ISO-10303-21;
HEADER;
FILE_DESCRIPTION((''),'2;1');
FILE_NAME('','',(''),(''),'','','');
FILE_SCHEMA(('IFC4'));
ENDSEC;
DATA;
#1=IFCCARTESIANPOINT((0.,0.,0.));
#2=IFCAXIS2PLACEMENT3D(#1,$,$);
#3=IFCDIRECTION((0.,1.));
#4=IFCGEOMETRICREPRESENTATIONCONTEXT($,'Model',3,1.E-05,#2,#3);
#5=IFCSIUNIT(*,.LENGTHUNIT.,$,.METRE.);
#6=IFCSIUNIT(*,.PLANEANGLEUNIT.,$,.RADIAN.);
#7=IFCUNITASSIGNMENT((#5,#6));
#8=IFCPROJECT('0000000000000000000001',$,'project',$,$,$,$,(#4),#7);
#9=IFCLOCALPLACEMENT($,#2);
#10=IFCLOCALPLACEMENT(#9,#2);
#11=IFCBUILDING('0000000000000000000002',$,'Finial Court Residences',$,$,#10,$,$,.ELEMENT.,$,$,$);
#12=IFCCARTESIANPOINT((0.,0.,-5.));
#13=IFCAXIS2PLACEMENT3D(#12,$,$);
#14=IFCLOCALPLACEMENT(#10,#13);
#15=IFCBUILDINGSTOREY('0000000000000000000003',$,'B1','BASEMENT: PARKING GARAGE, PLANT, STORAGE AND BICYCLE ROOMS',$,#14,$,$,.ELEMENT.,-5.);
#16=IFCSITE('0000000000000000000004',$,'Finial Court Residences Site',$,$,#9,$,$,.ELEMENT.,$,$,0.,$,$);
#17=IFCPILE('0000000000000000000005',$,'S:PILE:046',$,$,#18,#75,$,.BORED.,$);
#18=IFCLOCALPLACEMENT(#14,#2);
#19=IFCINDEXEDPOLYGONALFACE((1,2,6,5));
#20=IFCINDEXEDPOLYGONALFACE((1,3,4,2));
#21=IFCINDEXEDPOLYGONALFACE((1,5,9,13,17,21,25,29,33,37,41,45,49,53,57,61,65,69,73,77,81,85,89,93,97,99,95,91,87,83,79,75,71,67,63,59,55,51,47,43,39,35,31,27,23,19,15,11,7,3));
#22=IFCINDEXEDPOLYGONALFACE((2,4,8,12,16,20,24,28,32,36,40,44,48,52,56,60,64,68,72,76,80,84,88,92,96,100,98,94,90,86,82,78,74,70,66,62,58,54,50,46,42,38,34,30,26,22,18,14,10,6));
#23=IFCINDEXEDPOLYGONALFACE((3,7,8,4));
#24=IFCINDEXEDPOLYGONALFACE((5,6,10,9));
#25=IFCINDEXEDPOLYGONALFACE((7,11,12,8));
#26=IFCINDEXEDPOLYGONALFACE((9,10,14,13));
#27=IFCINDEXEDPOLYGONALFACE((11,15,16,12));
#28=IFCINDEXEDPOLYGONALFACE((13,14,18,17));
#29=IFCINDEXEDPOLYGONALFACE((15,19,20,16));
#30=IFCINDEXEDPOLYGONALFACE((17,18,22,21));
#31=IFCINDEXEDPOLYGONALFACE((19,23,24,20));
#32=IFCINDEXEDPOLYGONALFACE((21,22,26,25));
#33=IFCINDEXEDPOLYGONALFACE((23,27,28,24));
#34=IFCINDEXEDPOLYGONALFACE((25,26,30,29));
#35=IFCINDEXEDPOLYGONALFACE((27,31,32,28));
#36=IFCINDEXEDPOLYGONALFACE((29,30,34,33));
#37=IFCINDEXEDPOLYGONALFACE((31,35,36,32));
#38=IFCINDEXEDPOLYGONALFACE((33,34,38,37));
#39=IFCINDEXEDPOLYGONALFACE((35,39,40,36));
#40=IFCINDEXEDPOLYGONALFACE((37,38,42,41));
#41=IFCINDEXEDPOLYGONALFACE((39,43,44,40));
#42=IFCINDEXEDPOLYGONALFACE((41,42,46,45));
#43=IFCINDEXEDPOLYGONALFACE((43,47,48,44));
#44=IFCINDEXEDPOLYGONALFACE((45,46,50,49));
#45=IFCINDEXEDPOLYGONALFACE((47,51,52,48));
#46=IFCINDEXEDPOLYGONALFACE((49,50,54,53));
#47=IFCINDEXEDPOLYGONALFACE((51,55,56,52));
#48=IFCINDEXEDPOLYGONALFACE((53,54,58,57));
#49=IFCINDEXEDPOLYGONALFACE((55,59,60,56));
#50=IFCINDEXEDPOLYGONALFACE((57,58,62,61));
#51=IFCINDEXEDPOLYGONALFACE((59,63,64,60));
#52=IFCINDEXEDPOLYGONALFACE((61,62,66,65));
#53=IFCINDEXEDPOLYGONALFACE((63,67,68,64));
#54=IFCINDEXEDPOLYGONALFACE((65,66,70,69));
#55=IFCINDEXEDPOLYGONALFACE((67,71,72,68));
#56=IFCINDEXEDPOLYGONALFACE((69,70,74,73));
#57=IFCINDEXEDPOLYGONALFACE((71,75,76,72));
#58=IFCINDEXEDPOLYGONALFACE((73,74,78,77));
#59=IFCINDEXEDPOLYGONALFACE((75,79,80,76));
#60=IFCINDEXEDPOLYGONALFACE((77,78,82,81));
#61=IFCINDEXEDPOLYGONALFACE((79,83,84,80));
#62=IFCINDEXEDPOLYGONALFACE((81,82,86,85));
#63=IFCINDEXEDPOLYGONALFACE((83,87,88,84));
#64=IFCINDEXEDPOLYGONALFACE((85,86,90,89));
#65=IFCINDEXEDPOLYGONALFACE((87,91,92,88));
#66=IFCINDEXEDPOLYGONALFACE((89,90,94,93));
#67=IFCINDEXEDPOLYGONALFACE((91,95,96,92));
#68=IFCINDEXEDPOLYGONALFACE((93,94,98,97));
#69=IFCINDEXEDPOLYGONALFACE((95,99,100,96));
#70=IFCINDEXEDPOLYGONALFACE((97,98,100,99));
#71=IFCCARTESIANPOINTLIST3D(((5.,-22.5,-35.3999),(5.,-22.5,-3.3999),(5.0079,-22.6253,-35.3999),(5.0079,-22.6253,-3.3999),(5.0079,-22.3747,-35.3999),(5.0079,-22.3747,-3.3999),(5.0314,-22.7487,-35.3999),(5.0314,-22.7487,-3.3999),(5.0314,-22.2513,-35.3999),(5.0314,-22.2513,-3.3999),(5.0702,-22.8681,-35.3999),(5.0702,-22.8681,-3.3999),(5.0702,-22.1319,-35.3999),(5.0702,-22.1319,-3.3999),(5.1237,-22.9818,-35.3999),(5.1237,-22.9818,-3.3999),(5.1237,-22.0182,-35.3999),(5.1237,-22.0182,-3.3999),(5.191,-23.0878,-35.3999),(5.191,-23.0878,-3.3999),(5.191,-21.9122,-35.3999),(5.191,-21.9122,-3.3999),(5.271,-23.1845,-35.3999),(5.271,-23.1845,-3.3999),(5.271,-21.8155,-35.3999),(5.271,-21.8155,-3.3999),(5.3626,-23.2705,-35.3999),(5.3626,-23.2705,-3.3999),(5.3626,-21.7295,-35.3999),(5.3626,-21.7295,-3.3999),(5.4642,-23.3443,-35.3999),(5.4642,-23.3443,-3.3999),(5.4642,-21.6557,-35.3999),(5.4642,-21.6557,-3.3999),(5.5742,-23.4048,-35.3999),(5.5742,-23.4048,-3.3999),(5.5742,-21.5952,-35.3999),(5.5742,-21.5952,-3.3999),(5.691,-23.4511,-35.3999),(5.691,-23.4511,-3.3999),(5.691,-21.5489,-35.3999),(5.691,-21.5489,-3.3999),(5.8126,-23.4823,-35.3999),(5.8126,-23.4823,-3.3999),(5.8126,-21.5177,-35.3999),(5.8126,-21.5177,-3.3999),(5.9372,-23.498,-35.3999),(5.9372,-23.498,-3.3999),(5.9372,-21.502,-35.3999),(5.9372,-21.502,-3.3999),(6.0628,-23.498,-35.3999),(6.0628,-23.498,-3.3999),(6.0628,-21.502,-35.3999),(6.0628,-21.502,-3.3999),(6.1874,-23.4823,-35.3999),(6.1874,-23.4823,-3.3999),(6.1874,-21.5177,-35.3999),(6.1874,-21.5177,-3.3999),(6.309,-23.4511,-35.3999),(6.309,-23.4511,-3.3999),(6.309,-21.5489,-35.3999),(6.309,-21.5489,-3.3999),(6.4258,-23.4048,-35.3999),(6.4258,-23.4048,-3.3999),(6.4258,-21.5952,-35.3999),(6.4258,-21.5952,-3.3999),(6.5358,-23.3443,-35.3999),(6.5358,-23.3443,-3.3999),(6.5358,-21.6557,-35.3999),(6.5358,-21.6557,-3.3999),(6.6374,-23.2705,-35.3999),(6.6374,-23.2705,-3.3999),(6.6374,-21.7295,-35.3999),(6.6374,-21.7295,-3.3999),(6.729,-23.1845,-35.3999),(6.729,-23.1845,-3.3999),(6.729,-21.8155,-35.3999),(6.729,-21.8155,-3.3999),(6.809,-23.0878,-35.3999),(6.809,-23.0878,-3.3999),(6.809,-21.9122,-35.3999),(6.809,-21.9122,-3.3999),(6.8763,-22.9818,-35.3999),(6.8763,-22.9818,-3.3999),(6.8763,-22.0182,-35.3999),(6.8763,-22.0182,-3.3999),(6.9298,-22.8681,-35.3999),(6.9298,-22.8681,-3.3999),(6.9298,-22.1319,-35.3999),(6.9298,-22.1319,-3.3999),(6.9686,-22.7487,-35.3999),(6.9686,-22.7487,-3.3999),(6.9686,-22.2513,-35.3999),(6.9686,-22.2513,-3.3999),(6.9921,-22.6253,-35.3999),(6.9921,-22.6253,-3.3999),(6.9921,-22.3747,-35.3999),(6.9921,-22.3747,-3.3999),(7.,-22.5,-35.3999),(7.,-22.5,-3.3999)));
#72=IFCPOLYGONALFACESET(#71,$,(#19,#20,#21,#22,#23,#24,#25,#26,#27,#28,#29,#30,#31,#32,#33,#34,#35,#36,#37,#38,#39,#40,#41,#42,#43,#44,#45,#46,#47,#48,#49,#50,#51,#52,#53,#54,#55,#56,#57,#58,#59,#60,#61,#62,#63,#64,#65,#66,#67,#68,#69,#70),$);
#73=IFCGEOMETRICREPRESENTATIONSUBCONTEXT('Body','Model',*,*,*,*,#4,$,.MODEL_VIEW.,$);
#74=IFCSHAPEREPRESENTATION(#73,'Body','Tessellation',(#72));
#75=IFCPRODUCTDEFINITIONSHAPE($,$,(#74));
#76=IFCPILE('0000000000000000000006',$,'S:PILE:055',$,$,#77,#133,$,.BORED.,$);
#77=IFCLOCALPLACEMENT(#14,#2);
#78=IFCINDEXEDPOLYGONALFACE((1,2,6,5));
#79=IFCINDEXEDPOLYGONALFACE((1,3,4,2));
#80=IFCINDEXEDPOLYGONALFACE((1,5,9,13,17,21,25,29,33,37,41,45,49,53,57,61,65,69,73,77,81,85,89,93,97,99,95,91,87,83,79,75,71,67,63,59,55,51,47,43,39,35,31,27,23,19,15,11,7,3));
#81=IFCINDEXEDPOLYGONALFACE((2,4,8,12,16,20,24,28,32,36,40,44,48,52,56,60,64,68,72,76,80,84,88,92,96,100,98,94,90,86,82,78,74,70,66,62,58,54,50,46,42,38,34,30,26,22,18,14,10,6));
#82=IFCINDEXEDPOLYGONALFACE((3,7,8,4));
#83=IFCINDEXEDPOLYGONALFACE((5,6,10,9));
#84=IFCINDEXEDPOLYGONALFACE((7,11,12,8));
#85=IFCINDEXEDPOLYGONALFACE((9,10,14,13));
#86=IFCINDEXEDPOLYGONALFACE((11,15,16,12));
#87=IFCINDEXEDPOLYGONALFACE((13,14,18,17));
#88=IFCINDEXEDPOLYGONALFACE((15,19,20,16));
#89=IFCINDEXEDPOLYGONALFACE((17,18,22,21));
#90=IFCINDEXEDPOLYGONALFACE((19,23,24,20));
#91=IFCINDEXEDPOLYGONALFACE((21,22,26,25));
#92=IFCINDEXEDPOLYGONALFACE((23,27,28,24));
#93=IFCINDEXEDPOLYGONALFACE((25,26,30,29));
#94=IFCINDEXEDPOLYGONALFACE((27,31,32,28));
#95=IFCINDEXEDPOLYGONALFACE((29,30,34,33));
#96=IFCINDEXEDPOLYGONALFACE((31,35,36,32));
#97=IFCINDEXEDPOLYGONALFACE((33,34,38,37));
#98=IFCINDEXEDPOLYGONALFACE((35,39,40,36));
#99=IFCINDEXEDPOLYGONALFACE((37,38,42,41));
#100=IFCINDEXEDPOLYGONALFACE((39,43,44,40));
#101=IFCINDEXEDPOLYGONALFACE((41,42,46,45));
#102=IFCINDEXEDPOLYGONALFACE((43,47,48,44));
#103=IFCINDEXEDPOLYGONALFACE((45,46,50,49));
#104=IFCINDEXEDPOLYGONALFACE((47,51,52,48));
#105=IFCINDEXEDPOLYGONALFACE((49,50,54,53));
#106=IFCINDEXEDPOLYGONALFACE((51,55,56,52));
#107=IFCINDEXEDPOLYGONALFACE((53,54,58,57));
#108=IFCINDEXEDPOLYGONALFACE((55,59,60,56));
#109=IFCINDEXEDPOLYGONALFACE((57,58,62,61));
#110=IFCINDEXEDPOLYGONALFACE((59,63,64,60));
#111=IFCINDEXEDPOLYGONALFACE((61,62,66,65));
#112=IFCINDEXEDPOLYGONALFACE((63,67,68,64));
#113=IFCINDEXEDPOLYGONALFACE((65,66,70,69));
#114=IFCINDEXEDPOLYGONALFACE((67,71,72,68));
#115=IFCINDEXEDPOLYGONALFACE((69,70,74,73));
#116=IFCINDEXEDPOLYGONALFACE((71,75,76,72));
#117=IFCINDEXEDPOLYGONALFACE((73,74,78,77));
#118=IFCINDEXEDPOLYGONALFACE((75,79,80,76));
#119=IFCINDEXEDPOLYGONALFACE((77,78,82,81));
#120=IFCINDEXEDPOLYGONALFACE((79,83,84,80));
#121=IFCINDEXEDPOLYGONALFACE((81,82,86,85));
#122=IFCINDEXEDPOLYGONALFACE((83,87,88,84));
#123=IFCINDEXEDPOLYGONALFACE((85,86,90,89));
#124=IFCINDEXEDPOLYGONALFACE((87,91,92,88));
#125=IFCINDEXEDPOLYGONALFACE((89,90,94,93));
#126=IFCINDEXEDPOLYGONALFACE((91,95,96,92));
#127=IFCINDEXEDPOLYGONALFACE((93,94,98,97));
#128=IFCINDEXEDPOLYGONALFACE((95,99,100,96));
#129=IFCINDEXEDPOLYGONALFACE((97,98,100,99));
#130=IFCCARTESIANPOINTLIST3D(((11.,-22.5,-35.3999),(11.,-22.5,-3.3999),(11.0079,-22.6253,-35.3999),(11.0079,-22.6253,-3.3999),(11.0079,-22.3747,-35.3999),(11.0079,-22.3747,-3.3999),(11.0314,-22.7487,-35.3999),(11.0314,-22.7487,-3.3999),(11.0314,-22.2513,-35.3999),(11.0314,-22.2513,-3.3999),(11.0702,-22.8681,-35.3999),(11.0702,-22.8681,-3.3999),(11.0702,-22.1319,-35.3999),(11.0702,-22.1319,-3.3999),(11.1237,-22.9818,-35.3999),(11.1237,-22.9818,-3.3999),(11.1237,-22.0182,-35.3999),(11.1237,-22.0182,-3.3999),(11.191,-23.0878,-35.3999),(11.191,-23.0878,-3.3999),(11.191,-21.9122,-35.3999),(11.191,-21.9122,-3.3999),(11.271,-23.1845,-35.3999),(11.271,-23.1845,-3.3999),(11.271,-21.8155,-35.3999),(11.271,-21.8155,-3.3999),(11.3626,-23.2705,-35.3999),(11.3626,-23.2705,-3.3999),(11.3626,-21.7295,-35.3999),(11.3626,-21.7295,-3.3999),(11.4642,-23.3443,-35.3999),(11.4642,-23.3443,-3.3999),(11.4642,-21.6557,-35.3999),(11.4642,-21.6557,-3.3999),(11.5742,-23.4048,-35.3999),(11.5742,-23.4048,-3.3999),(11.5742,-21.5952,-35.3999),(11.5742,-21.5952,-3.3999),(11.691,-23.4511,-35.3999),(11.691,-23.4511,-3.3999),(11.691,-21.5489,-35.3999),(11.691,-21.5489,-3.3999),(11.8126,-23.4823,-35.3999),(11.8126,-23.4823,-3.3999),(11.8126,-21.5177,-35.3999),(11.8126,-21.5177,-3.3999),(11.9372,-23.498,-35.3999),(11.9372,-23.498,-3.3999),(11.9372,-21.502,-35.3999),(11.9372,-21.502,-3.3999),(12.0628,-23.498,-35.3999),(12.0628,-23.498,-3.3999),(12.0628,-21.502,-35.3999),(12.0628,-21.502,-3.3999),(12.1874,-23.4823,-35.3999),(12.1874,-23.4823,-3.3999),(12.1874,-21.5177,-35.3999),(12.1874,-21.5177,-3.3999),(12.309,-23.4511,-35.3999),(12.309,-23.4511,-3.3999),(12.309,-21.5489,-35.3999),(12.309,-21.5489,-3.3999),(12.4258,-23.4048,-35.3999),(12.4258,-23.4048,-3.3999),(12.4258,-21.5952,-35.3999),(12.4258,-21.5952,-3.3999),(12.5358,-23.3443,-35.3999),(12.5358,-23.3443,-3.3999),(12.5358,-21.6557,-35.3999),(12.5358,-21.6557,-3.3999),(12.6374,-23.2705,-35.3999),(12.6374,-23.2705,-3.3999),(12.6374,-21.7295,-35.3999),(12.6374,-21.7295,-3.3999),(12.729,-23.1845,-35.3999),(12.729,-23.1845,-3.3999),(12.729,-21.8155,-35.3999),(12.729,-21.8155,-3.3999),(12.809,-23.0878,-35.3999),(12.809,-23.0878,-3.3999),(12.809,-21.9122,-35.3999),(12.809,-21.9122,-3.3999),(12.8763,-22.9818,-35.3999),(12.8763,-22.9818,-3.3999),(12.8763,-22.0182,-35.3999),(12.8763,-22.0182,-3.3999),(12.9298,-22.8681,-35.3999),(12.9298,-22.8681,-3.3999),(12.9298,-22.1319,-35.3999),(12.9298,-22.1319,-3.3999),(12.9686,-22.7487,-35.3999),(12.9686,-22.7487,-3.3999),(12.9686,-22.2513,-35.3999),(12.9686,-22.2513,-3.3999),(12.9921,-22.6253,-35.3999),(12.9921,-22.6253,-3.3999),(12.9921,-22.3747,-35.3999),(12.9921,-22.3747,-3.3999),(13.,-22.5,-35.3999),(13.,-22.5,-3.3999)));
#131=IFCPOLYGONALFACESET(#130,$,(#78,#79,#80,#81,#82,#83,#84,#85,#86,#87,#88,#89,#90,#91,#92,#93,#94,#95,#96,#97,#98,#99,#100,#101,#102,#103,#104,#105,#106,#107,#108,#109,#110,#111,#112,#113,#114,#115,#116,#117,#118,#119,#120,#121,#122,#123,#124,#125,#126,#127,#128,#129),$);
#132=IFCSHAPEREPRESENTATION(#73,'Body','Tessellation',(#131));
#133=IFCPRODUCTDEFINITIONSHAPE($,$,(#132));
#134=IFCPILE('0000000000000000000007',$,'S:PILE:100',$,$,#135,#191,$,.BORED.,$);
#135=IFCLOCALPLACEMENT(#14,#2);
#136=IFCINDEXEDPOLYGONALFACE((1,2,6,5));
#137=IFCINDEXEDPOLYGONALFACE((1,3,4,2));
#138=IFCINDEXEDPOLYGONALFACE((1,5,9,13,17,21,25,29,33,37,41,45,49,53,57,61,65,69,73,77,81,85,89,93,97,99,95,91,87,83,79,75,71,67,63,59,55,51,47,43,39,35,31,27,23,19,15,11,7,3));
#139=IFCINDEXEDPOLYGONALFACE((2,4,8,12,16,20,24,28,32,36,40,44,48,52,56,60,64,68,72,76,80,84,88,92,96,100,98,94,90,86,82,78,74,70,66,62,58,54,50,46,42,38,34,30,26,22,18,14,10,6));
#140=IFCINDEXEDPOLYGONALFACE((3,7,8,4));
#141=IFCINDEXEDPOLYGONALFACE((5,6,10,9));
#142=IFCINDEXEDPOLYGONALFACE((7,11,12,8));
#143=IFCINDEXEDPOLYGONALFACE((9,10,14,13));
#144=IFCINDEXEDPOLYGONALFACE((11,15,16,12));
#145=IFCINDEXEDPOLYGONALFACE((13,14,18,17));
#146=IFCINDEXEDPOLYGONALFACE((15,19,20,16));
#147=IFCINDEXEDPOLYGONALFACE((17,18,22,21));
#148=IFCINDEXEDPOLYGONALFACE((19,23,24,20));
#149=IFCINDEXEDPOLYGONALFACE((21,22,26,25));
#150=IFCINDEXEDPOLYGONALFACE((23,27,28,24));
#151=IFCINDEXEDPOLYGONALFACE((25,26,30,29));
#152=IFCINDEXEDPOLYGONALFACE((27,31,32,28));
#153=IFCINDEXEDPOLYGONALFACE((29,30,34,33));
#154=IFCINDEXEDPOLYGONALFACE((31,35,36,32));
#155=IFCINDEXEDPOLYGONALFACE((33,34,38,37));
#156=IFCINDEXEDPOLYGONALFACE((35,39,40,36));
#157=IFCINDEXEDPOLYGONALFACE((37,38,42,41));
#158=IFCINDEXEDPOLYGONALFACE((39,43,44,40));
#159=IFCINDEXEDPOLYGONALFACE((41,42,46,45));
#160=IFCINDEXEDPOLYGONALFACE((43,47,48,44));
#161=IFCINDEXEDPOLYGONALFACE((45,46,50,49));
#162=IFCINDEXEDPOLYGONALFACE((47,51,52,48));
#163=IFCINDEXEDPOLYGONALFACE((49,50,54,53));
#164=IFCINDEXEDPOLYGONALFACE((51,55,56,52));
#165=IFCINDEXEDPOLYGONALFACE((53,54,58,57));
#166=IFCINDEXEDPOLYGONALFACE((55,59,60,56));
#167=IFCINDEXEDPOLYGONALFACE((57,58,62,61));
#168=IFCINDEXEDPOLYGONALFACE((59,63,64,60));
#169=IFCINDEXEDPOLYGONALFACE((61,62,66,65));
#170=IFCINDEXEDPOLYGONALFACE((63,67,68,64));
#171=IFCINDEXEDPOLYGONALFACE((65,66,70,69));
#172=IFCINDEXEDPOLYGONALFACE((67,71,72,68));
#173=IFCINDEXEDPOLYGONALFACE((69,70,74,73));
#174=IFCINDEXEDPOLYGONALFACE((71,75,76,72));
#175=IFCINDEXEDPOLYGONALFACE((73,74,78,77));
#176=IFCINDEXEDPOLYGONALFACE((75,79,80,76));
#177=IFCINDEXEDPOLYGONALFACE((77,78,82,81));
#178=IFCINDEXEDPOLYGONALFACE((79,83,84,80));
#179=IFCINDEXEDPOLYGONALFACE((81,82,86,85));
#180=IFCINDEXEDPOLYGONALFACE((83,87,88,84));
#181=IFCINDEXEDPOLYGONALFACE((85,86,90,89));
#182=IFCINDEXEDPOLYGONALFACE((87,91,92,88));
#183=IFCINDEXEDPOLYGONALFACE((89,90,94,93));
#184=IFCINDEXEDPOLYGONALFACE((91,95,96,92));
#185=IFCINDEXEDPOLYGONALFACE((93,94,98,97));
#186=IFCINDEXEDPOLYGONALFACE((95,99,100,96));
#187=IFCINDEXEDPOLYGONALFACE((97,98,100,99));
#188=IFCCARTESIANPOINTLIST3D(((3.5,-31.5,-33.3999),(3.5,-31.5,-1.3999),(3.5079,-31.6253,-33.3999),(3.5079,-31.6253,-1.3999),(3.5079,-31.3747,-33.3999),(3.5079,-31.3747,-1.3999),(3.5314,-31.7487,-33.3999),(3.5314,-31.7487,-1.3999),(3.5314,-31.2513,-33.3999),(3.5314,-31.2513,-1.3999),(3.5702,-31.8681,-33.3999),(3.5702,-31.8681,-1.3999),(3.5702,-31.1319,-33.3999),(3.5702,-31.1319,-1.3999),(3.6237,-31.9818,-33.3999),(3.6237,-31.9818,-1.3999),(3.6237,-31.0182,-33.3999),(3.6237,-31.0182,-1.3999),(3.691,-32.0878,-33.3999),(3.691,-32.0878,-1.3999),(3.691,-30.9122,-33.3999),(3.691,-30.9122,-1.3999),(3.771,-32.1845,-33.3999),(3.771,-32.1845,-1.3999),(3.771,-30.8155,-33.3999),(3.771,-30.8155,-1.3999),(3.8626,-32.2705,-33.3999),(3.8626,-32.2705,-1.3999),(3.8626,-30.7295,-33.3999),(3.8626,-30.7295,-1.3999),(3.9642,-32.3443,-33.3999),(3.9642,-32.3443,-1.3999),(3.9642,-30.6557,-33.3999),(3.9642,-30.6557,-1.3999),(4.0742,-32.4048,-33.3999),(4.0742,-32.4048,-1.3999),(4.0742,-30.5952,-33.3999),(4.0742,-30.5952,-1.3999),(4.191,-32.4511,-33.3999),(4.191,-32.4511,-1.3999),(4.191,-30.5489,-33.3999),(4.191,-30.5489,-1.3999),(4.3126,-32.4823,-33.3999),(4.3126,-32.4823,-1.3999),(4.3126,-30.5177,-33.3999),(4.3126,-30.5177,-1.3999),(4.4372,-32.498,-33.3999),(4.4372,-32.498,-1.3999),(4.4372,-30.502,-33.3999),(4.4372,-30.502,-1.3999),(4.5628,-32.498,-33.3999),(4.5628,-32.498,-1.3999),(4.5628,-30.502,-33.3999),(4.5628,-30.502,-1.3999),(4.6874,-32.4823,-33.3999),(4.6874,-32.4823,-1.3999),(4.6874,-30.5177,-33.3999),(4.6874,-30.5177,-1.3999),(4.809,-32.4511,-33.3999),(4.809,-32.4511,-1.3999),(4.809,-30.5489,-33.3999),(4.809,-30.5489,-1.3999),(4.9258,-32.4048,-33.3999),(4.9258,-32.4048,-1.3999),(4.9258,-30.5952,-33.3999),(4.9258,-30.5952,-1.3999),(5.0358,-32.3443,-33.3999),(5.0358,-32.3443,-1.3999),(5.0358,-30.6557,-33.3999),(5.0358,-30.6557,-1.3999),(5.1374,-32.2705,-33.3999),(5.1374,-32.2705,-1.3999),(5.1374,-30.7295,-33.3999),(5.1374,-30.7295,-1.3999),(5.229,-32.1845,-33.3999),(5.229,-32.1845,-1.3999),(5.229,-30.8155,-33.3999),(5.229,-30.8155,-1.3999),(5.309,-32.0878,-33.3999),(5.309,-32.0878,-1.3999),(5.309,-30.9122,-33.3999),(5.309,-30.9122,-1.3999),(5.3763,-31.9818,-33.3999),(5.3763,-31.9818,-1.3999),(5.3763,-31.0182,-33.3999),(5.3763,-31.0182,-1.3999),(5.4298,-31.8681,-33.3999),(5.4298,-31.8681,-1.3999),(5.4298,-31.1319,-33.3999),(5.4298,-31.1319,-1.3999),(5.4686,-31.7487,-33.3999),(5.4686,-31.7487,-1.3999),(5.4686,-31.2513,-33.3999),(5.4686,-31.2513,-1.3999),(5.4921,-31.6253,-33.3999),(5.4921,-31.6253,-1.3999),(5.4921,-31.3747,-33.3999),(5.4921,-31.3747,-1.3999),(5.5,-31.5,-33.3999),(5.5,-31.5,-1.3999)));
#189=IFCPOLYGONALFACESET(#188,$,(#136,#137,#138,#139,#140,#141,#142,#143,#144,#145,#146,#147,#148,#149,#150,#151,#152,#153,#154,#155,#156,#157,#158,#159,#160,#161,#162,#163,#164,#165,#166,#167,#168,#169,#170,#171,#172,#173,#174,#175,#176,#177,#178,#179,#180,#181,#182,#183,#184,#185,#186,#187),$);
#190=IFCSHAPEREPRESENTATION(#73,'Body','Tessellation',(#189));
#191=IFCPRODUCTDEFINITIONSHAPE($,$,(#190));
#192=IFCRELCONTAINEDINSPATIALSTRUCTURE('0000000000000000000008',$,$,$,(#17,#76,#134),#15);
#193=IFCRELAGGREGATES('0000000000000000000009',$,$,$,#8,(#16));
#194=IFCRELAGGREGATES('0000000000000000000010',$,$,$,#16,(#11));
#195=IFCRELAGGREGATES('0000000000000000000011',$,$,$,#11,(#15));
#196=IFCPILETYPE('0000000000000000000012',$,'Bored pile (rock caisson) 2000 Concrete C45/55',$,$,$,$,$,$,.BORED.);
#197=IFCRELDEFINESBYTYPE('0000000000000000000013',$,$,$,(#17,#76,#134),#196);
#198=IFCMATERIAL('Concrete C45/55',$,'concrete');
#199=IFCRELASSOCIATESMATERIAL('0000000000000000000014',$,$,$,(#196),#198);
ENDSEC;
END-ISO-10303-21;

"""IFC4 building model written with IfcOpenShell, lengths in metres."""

from ifc_helpers import new_model, si_unit, direction, frame, origin, origin_2d, place, context, subcontext, project, spatial, circle, extrude, material, material_profile, profile_set, type_object, element, save


model = new_model("IFC4")

# Units and contexts
model_context = context("Model", 3, precision=1e-05, world=origin(), true_north=direction((0.0, 1.0)))
body_context = subcontext(model_context, "Body", "Model", "MODEL_VIEW")
ifc_project = project(units=[si_unit("LENGTHUNIT", "METRE"), si_unit("PLANEANGLEUNIT", "RADIAN")], contexts=[model_context])

# Site, building, storey
site_placement = place(None, origin())
site = spatial("IfcSite", under=ifc_project, at=site_placement, Name="Finial Court Residences Site", CompositionType="ELEMENT", RefElevation=0.0)
building_placement = place(site_placement, origin())
building = spatial("IfcBuilding", under=site, at=building_placement, Name="Finial Court Residences", CompositionType="ELEMENT")
storey_placement = place(building_placement, frame((0.0, 0.0, -5.0)))
storey = spatial("IfcBuildingStorey", under=building, at=storey_placement, Name="B1", Description="BASEMENT: PARKING GARAGE, PLANT, STORAGE AND BICYCLE ROOMS", CompositionType="ELEMENT", Elevation=-5.0)

# Piles
ifc_material_1 = material(Name="Concrete C45/55", Category="concrete")
ifc_material_profile_1 = material_profile(ifc_material_1, circle(Radius=1.0, at=origin_2d()), Name="D2000")
ifc_profile_set_1 = profile_set([ifc_material_profile_1], Name="Concrete C45/55")
pile_type = type_object("IfcPileType", Name="Bored pile (rock caisson) 2000 Concrete C45/55", PredefinedType="BORED", material=ifc_profile_set_1)
for number, where, z_axis, x_axis, name in (
    (1, (6.0, -22.5, -3.3999), (0.0, 0.0, -1.0), (1.0, 0.0, 0.0), "S:PILE:046"),
    (2, (12.0, -22.5, -3.3999), (0.0, 0.0, -1.0), (1.0, 0.0, 0.0), "S:PILE:055"),
    (3, (4.5, -31.5, -1.3999), (0.0, 0.0, -1.0), (1.0, 0.0, 0.0), "S:PILE:100"),
):
    element("IfcPile", number, at=place(storey_placement, frame(where, z_axis=z_axis, x_axis=x_axis)), inside=storey, type_object=pile_type, Name=name, PredefinedType="BORED", context=body_context, shape_type="SweptSolid", body=[
        extrude(circle(Radius=1.0, at=origin_2d()), origin(), (0.0, 0.0, 1.0), 32.0),
    ])

save(model, "model.ifc")
